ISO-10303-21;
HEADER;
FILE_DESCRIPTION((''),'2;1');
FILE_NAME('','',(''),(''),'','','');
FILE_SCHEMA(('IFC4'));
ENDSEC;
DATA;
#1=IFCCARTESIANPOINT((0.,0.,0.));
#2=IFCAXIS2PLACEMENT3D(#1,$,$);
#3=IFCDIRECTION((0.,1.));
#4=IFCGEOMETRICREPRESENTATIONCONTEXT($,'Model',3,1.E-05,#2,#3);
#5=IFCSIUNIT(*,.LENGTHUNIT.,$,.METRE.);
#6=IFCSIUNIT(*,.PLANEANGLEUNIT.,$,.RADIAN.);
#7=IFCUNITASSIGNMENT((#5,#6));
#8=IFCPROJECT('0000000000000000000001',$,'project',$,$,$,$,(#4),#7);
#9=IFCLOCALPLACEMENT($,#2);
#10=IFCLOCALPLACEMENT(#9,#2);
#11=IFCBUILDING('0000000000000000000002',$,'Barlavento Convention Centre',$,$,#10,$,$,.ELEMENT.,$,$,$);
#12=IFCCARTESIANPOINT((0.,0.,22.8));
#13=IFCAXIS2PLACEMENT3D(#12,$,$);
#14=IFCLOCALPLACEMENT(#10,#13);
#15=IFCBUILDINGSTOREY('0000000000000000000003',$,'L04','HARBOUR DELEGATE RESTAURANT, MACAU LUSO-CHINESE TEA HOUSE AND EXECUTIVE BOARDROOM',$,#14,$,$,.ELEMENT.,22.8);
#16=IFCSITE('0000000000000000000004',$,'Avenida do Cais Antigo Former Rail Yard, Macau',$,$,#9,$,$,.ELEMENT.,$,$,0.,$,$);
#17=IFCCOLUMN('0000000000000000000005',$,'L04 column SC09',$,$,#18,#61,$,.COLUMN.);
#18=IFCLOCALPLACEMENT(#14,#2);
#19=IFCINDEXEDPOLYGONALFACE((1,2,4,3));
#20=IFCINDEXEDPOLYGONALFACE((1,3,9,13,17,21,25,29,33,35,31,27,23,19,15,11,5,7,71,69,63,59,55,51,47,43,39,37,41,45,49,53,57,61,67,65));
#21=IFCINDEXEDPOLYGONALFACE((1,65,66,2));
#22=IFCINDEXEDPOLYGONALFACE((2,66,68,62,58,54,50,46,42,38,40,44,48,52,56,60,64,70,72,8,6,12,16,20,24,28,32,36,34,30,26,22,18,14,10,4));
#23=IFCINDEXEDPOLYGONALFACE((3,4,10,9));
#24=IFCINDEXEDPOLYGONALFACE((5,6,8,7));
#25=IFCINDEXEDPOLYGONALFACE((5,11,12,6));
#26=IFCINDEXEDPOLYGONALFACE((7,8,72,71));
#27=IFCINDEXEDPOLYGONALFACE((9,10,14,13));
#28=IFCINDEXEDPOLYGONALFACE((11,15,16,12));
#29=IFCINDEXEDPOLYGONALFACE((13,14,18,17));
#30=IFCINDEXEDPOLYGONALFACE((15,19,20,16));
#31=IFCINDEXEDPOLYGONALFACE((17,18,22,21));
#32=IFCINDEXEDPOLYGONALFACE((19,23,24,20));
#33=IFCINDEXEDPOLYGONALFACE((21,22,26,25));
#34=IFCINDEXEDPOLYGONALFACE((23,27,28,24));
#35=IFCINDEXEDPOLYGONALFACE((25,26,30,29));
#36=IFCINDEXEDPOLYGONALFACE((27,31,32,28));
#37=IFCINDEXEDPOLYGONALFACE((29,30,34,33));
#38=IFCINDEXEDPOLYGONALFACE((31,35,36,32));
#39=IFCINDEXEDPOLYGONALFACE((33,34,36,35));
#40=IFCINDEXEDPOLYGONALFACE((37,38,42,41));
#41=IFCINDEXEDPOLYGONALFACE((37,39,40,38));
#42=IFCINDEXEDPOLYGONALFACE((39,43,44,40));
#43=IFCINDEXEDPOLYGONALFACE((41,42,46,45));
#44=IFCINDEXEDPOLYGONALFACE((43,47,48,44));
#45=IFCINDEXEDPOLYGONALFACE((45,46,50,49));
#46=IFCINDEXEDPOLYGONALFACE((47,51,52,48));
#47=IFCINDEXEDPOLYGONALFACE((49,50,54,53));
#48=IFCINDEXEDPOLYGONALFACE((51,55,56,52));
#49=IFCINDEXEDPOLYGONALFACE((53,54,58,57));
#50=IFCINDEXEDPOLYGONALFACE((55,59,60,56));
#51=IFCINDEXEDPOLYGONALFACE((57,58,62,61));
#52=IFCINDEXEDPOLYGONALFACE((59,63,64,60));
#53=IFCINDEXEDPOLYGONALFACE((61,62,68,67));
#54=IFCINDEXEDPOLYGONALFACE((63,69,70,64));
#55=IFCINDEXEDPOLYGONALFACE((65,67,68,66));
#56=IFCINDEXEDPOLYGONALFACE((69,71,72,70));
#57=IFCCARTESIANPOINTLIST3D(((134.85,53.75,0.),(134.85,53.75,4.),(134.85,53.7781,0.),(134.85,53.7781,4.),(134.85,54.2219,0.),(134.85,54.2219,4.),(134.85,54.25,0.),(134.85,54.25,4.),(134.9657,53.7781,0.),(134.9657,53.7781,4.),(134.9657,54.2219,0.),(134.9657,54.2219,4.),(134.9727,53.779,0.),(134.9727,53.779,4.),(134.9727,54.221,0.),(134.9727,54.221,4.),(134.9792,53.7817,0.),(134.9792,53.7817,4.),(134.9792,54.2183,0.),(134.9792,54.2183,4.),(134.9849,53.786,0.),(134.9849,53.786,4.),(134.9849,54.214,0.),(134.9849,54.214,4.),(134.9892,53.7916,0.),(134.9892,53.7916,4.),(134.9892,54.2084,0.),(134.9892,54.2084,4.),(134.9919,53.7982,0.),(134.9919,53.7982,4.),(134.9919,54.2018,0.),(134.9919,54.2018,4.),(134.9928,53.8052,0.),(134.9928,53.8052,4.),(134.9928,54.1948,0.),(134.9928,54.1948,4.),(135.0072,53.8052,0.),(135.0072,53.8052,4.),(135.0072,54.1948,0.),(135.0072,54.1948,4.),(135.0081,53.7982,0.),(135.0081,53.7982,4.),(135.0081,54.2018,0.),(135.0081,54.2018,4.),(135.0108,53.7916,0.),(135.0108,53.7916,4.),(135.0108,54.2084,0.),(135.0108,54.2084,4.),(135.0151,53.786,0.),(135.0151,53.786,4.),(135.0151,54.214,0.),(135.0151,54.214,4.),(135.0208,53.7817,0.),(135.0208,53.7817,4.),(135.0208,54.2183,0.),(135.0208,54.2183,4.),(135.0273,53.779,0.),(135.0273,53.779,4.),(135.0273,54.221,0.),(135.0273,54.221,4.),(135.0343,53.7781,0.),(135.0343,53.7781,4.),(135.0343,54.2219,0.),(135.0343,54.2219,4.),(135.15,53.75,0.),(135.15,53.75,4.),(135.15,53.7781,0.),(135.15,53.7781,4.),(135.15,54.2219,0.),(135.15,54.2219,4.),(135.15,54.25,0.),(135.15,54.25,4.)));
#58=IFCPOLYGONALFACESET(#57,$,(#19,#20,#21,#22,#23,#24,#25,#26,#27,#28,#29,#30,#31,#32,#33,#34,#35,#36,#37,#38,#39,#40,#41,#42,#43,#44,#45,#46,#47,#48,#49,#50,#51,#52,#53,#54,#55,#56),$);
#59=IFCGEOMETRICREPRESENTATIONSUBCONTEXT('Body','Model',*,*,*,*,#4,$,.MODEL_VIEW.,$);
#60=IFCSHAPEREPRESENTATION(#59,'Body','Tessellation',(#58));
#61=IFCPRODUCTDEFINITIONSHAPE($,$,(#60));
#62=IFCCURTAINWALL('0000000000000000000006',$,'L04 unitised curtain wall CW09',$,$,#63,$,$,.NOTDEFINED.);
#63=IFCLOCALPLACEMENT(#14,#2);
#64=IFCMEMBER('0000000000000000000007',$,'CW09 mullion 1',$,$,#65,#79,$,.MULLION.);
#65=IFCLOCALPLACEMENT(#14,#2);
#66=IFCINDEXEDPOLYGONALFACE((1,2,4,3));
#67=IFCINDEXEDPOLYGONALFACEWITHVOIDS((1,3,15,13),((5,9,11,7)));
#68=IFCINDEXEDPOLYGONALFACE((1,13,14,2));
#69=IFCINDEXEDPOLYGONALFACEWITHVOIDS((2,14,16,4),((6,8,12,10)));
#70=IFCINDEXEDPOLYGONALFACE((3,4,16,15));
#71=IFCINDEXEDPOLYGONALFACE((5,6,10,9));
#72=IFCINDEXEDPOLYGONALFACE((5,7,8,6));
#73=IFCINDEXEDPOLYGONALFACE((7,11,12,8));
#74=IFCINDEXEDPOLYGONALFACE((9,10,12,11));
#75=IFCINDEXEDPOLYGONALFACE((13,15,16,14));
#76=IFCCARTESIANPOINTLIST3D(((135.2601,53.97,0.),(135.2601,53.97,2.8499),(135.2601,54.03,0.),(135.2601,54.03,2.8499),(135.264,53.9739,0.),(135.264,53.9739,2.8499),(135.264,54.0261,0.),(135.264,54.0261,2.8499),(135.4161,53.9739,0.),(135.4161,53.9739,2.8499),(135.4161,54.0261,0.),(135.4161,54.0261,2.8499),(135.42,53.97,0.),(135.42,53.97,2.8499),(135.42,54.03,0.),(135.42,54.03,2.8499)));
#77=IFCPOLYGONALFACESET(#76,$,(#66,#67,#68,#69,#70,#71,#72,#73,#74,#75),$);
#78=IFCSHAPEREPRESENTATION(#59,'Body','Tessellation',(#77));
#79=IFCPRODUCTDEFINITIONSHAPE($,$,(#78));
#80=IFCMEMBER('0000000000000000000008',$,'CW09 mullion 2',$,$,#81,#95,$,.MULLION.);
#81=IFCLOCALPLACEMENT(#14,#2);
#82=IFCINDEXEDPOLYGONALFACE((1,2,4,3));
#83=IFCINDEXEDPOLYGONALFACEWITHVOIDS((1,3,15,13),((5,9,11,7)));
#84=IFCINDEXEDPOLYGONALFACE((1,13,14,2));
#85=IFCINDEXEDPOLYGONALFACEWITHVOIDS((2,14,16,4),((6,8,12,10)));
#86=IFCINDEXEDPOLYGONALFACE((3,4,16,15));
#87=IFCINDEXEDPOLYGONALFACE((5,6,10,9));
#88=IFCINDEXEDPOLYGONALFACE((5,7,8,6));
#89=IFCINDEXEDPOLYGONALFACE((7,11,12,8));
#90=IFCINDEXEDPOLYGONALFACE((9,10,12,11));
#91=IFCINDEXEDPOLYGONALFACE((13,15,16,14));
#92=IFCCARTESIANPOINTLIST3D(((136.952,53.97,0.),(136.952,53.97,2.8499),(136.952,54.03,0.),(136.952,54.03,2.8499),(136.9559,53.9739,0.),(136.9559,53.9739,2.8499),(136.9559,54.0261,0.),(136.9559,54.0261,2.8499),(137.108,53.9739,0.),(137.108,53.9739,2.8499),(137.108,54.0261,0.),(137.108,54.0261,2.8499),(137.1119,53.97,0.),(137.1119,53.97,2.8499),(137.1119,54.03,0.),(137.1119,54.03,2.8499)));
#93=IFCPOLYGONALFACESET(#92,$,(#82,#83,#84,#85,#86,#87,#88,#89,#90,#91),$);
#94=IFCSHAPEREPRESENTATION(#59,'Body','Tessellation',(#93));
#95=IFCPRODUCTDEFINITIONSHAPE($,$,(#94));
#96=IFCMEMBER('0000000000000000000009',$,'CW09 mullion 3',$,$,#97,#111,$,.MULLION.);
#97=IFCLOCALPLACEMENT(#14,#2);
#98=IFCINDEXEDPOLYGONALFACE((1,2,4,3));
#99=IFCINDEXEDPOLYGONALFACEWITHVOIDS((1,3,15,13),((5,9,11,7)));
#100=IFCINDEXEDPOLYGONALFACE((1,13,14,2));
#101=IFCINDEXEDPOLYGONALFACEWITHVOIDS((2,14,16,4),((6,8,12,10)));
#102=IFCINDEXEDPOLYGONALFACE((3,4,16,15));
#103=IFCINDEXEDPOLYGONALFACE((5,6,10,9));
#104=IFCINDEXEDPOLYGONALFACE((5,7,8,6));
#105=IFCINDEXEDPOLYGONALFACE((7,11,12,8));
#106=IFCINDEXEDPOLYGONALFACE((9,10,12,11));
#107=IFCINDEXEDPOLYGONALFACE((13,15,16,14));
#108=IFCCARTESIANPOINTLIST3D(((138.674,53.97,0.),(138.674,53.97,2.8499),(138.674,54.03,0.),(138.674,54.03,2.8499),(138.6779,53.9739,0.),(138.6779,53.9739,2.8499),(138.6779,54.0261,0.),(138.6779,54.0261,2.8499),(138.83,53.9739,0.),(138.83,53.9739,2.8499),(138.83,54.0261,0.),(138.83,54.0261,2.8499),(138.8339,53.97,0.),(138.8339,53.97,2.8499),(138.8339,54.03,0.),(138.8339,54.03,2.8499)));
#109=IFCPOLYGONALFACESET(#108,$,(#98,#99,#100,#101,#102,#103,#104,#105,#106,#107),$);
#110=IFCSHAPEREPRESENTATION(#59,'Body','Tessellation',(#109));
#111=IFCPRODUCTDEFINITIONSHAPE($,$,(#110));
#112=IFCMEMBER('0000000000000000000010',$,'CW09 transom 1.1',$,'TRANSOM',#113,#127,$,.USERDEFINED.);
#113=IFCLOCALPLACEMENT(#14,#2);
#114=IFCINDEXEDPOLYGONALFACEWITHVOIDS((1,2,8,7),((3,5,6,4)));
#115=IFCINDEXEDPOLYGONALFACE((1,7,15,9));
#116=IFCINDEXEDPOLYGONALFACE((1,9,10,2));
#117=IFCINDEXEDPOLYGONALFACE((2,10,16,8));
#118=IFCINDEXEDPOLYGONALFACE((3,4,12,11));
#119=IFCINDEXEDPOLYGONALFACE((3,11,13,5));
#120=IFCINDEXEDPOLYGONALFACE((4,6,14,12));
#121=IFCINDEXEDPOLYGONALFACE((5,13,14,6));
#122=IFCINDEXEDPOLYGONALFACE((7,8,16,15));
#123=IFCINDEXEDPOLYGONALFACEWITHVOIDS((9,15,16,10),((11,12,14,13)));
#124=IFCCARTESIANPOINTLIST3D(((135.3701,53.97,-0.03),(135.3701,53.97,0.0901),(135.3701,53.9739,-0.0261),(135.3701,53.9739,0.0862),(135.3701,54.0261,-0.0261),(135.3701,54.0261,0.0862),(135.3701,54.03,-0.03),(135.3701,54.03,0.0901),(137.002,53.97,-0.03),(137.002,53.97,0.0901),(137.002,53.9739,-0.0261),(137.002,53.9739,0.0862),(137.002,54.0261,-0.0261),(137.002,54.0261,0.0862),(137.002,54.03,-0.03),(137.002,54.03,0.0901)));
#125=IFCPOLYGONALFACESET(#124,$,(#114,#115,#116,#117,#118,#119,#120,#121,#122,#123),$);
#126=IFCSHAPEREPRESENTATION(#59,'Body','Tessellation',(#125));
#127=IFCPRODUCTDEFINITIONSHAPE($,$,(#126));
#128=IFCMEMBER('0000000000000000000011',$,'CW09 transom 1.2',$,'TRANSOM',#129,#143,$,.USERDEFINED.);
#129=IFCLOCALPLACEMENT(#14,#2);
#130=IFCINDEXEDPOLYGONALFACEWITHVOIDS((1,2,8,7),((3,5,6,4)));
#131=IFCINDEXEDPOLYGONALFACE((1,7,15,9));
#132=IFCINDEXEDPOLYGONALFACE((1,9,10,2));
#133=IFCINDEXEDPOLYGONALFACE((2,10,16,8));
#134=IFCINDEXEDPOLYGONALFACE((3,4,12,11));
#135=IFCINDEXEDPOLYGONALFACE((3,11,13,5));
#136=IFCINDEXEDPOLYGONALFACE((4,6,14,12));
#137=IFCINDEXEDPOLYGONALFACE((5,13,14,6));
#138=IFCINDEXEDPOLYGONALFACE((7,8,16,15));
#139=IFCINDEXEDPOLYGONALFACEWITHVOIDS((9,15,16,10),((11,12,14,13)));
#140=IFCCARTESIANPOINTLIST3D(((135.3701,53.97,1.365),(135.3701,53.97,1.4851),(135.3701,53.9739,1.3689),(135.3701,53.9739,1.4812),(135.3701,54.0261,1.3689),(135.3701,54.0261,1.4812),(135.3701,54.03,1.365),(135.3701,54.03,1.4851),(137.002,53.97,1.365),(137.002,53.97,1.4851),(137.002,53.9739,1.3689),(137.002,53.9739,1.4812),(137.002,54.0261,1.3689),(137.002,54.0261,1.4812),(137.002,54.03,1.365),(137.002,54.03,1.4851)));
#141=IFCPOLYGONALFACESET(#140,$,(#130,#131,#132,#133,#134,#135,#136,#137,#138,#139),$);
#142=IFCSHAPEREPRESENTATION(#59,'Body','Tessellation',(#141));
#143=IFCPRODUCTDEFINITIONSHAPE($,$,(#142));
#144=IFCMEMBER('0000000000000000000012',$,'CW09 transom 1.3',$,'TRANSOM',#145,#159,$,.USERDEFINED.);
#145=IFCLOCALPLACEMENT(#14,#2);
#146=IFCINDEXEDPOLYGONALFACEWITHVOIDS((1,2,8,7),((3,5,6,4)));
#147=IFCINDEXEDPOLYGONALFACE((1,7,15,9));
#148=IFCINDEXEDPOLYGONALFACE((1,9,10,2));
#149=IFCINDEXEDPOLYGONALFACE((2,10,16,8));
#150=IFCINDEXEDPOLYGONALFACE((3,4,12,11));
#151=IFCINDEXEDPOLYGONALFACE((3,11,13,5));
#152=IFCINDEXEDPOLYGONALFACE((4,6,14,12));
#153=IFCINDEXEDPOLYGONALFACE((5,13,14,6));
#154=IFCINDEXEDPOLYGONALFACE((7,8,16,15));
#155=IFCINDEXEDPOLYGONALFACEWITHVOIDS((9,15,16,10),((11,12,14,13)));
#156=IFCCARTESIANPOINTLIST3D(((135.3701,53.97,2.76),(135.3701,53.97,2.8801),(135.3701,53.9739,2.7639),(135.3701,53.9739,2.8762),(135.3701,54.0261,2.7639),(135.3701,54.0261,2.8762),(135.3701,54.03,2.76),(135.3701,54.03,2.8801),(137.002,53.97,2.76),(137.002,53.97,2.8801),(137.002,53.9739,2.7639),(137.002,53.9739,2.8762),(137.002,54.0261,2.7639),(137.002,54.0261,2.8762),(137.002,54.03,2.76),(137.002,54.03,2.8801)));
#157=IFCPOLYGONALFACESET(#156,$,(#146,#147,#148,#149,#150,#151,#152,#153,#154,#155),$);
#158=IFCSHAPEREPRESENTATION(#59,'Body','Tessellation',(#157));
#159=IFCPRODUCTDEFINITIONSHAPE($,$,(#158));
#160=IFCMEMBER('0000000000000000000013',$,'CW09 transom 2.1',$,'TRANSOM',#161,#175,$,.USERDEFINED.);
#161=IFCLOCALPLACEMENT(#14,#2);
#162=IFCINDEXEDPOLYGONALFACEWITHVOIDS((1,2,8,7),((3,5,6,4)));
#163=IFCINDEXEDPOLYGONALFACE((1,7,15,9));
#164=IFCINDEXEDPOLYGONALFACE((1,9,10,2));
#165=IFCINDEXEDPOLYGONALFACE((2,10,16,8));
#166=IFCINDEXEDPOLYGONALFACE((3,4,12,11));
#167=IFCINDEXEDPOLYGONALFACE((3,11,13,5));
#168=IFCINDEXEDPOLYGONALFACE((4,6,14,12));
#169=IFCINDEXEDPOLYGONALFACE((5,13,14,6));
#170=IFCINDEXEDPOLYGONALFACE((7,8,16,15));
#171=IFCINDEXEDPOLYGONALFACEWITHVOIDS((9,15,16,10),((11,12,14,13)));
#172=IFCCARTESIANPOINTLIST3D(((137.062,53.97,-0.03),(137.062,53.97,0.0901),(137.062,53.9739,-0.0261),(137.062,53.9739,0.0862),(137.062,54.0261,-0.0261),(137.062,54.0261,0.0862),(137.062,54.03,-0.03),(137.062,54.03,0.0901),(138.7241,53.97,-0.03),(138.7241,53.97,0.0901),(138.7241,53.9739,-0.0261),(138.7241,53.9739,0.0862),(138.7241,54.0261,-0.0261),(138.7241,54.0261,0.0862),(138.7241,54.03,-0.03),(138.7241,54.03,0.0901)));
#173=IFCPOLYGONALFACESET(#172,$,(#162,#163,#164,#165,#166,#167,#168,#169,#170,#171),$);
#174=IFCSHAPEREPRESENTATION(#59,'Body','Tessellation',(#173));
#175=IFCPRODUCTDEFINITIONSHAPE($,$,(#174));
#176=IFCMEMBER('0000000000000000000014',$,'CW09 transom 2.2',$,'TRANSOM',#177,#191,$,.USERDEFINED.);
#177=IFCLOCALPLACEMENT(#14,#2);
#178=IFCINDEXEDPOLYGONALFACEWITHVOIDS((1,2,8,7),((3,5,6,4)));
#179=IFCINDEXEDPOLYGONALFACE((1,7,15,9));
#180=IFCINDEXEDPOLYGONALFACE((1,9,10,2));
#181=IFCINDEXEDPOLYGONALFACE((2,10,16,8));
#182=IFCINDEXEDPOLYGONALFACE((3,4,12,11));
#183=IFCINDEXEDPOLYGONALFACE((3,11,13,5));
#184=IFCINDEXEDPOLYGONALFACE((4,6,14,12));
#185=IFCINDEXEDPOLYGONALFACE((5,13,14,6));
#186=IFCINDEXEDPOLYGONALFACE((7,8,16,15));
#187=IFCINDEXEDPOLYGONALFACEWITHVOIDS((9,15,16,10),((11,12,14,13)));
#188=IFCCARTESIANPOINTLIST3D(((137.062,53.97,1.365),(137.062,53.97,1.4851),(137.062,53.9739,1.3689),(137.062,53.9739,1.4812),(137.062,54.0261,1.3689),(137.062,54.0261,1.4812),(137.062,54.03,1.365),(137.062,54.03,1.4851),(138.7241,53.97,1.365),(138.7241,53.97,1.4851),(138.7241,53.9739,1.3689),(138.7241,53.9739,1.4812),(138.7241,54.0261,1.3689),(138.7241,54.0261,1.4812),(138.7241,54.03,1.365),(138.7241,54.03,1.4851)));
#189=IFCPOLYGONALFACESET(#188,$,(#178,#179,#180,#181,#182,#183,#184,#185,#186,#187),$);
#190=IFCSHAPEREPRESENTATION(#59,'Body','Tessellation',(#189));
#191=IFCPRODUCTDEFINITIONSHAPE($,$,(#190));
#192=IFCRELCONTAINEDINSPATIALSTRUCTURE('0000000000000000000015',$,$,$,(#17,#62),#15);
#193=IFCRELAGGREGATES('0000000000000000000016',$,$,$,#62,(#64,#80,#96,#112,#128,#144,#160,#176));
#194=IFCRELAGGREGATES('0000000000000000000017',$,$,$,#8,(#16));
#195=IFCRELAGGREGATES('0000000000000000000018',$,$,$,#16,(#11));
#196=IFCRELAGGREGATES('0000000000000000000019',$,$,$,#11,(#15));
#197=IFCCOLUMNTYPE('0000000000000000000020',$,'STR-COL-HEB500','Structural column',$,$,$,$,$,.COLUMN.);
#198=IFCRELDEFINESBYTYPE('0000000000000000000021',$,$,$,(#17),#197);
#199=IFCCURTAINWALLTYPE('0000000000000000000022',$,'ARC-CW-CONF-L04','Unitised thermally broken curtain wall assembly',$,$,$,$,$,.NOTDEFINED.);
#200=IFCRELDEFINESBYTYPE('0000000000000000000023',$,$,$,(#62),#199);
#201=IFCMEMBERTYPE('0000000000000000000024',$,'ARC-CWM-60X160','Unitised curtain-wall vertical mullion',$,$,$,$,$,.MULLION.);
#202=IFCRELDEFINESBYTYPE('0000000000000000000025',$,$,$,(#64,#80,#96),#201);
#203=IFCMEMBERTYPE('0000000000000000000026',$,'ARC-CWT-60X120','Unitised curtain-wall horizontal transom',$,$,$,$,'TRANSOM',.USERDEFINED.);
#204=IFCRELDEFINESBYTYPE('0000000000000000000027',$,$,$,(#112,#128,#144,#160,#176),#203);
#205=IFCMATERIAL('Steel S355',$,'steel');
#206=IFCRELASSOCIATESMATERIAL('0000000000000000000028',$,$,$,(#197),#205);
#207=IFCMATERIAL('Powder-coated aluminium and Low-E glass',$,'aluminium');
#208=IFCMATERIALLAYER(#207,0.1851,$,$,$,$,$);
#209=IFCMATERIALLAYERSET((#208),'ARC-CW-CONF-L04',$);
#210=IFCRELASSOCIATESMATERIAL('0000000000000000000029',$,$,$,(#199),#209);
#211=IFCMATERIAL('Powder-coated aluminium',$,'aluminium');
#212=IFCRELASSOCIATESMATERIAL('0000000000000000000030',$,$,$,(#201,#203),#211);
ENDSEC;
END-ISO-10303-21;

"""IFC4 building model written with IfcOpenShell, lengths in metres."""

from ifc_helpers import new_model, si_unit, direction, frame, origin, origin_2d, place, context, subcontext, project, spatial, hollow_rectangle, i_section, extrude, material, layer, layer_set, material_profile, profile_set, type_object, element, aggregate, save


model = new_model("IFC4")

# Units and contexts
model_context = context("Model", 3, precision=1e-05, world=origin(), true_north=direction((0.0, 1.0)))
body_context = subcontext(model_context, "Body", "Model", "MODEL_VIEW")
ifc_project = project(units=[si_unit("LENGTHUNIT", "METRE"), si_unit("PLANEANGLEUNIT", "RADIAN")], contexts=[model_context])

# Site, building, storey
site_placement = place(None, origin())
site = spatial("IfcSite", under=ifc_project, at=site_placement, Name="Avenida do Cais Antigo Former Rail Yard, Macau", CompositionType="ELEMENT", RefElevation=0.0)
building_placement = place(site_placement, origin())
building = spatial("IfcBuilding", under=site, at=building_placement, Name="Barlavento Convention Centre", CompositionType="ELEMENT")
storey_placement = place(building_placement, frame((0.0, 0.0, 22.8)))
storey = spatial("IfcBuildingStorey", under=building, at=storey_placement, Name="L04", Description="HARBOUR DELEGATE RESTAURANT, MACAU LUSO-CHINESE TEA HOUSE AND EXECUTIVE BOARDROOM", CompositionType="ELEMENT", Elevation=22.8)

# Column
ifc_material_1 = material(Name="Steel S355", Category="steel")
ifc_material_profile_1 = material_profile(ifc_material_1, i_section(OverallWidth=0.3, OverallDepth=0.5, WebThickness=0.0144, FlangeThickness=0.0281, FilletRadius=0.0271, at=origin_2d()), Name="HEB 500")
ifc_profile_set_1 = profile_set([ifc_material_profile_1], Name="Steel S355")
column_type = type_object("IfcColumnType", Name="STR-COL-HEB500", Description="Structural column", PredefinedType="COLUMN", material=ifc_profile_set_1)
column_placement = place(storey_placement, frame((135.0, 54.0, 0.0), z_axis=(0.0, 0.0, 1.0), x_axis=(1.0, 0.0, 0.0)))
element("IfcColumn", 1, at=column_placement, inside=storey, type_object=column_type, Name="L04 column SC09", PredefinedType="COLUMN", context=body_context, shape_type="SweptSolid", body=[
    extrude(i_section(OverallWidth=0.3, OverallDepth=0.5, WebThickness=0.0144, FlangeThickness=0.0281, FilletRadius=0.0271, at=origin_2d()), origin(), (0.0, 0.0, 1.0), 4.0),
])

# Curtain wall, members
ifc_material_2 = material(Name="Powder-coated aluminium and Low-E glass", Category="aluminium")
ifc_layer_1 = layer(ifc_material_2, 0.1851)
ifc_layer_set_1 = layer_set([ifc_layer_1], Name="ARC-CW-CONF-L04")
curtain_wall_type = type_object("IfcCurtainWallType", Name="ARC-CW-CONF-L04", Description="Unitised thermally broken curtain wall assembly", PredefinedType="NOTDEFINED", material=ifc_layer_set_1)
curtain_wall_placement = place(storey_placement, origin())
curtain_wall = element("IfcCurtainWall", 2, at=curtain_wall_placement, inside=storey, type_object=curtain_wall_type, Name="L04 unitised curtain wall CW09", PredefinedType="NOTDEFINED")
ifc_material_3 = material(Name="Powder-coated aluminium", Category="aluminium")
ifc_material_profile_2 = material_profile(ifc_material_3, hollow_rectangle(XDim=0.0601, YDim=0.1599, WallThickness=0.0039, at=origin_2d()), Name="AL-MULL 60x160x4")
ifc_profile_set_2 = profile_set([ifc_material_profile_2], Name="Powder-coated aluminium")
member_type_1 = type_object("IfcMemberType", Name="ARC-CWM-60X160", Description="Unitised curtain-wall vertical mullion", PredefinedType="MULLION", material=ifc_profile_set_2)
member_1_placement = place(storey_placement, frame((135.3401, 54.0, 0.0), z_axis=(0.0, 0.0, 1.0), x_axis=(0.0, 1.0, 0.0)))
member_1 = element("IfcMember", 3, at=member_1_placement, type_object=member_type_1, Name="CW09 mullion 1", PredefinedType="MULLION", context=body_context, shape_type="SweptSolid", body=[
    extrude(hollow_rectangle(XDim=0.0601, YDim=0.1599, WallThickness=0.0039, at=origin_2d()), origin(), (0.0, 0.0, 1.0), 2.8499),
])
member_2_placement = place(storey_placement, frame((137.032, 54.0, 0.0), z_axis=(0.0, 0.0, 1.0), x_axis=(0.0, 1.0, 0.0)))
member_2 = element("IfcMember", 4, at=member_2_placement, type_object=member_type_1, Name="CW09 mullion 2", PredefinedType="MULLION", context=body_context, shape_type="SweptSolid", body=[
    extrude(hollow_rectangle(XDim=0.0601, YDim=0.1599, WallThickness=0.0039, at=origin_2d()), origin(), (0.0, 0.0, 1.0), 2.8499),
])
member_3_placement = place(storey_placement, frame((138.7539, 54.0, 0.0), z_axis=(0.0, 0.0, 1.0), x_axis=(0.0, 1.0, 0.0)))
member_3 = element("IfcMember", 5, at=member_3_placement, type_object=member_type_1, Name="CW09 mullion 3", PredefinedType="MULLION", context=body_context, shape_type="SweptSolid", body=[
    extrude(hollow_rectangle(XDim=0.0601, YDim=0.1599, WallThickness=0.0039, at=origin_2d()), origin(), (0.0, 0.0, 1.0), 2.8499),
])
ifc_material_profile_3 = material_profile(ifc_material_3, hollow_rectangle(XDim=0.0601, YDim=0.1201, WallThickness=0.0039, at=origin_2d()), Name="AL-TRAN 60x120x4")
ifc_profile_set_3 = profile_set([ifc_material_profile_3], Name="Powder-coated aluminium")
member_type_2 = type_object("IfcMemberType", Name="ARC-CWT-60X120", Description="Unitised curtain-wall horizontal transom", ElementType="TRANSOM", PredefinedType="USERDEFINED", material=ifc_profile_set_3)
member_4_placement = place(storey_placement, frame((135.3701, 54.0, 0.03), z_axis=(1.0, 0.0, 0.0), x_axis=(0.0, 1.0, 0.0)))
member_4 = element("IfcMember", 6, at=member_4_placement, type_object=member_type_2, Name="CW09 transom 1.1", ObjectType="TRANSOM", PredefinedType="USERDEFINED", context=body_context, shape_type="SweptSolid", body=[
    extrude(hollow_rectangle(XDim=0.0601, YDim=0.1201, WallThickness=0.0039, at=origin_2d()), origin(), (0.0, 0.0, 1.0), 1.6318),
])
member_5_placement = place(storey_placement, frame((135.3701, 54.0, 1.425), z_axis=(1.0, 0.0, 0.0), x_axis=(0.0, 1.0, 0.0)))
member_5 = element("IfcMember", 7, at=member_5_placement, type_object=member_type_2, Name="CW09 transom 1.2", ObjectType="TRANSOM", PredefinedType="USERDEFINED", context=body_context, shape_type="SweptSolid", body=[
    extrude(hollow_rectangle(XDim=0.0601, YDim=0.1201, WallThickness=0.0039, at=origin_2d()), origin(), (0.0, 0.0, 1.0), 1.6318),
])
member_6_placement = place(storey_placement, frame((135.3701, 54.0, 2.8201), z_axis=(1.0, 0.0, 0.0), x_axis=(0.0, 1.0, 0.0)))
member_6 = element("IfcMember", 8, at=member_6_placement, type_object=member_type_2, Name="CW09 transom 1.3", ObjectType="TRANSOM", PredefinedType="USERDEFINED", context=body_context, shape_type="SweptSolid", body=[
    extrude(hollow_rectangle(XDim=0.0601, YDim=0.1201, WallThickness=0.0039, at=origin_2d()), origin(), (0.0, 0.0, 1.0), 1.6318),
])
member_7_placement = place(storey_placement, frame((137.062, 54.0, 0.03), z_axis=(1.0, 0.0, 0.0), x_axis=(0.0, 1.0, 0.0)))
member_7 = element("IfcMember", 9, at=member_7_placement, type_object=member_type_2, Name="CW09 transom 2.1", ObjectType="TRANSOM", PredefinedType="USERDEFINED", context=body_context, shape_type="SweptSolid", body=[
    extrude(hollow_rectangle(XDim=0.0601, YDim=0.1201, WallThickness=0.0039, at=origin_2d()), origin(), (0.0, 0.0, 1.0), 1.6621),
])
member_8_placement = place(storey_placement, frame((137.062, 54.0, 1.425), z_axis=(1.0, 0.0, 0.0), x_axis=(0.0, 1.0, 0.0)))
member_8 = element("IfcMember", 10, at=member_8_placement, type_object=member_type_2, Name="CW09 transom 2.2", ObjectType="TRANSOM", PredefinedType="USERDEFINED", context=body_context, shape_type="SweptSolid", body=[
    extrude(hollow_rectangle(XDim=0.0601, YDim=0.1201, WallThickness=0.0039, at=origin_2d()), origin(), (0.0, 0.0, 1.0), 1.6621),
])

aggregate(curtain_wall, [member_1, member_2, member_3, member_4, member_5, member_6, member_7, member_8])

save(model, "model.ifc")
